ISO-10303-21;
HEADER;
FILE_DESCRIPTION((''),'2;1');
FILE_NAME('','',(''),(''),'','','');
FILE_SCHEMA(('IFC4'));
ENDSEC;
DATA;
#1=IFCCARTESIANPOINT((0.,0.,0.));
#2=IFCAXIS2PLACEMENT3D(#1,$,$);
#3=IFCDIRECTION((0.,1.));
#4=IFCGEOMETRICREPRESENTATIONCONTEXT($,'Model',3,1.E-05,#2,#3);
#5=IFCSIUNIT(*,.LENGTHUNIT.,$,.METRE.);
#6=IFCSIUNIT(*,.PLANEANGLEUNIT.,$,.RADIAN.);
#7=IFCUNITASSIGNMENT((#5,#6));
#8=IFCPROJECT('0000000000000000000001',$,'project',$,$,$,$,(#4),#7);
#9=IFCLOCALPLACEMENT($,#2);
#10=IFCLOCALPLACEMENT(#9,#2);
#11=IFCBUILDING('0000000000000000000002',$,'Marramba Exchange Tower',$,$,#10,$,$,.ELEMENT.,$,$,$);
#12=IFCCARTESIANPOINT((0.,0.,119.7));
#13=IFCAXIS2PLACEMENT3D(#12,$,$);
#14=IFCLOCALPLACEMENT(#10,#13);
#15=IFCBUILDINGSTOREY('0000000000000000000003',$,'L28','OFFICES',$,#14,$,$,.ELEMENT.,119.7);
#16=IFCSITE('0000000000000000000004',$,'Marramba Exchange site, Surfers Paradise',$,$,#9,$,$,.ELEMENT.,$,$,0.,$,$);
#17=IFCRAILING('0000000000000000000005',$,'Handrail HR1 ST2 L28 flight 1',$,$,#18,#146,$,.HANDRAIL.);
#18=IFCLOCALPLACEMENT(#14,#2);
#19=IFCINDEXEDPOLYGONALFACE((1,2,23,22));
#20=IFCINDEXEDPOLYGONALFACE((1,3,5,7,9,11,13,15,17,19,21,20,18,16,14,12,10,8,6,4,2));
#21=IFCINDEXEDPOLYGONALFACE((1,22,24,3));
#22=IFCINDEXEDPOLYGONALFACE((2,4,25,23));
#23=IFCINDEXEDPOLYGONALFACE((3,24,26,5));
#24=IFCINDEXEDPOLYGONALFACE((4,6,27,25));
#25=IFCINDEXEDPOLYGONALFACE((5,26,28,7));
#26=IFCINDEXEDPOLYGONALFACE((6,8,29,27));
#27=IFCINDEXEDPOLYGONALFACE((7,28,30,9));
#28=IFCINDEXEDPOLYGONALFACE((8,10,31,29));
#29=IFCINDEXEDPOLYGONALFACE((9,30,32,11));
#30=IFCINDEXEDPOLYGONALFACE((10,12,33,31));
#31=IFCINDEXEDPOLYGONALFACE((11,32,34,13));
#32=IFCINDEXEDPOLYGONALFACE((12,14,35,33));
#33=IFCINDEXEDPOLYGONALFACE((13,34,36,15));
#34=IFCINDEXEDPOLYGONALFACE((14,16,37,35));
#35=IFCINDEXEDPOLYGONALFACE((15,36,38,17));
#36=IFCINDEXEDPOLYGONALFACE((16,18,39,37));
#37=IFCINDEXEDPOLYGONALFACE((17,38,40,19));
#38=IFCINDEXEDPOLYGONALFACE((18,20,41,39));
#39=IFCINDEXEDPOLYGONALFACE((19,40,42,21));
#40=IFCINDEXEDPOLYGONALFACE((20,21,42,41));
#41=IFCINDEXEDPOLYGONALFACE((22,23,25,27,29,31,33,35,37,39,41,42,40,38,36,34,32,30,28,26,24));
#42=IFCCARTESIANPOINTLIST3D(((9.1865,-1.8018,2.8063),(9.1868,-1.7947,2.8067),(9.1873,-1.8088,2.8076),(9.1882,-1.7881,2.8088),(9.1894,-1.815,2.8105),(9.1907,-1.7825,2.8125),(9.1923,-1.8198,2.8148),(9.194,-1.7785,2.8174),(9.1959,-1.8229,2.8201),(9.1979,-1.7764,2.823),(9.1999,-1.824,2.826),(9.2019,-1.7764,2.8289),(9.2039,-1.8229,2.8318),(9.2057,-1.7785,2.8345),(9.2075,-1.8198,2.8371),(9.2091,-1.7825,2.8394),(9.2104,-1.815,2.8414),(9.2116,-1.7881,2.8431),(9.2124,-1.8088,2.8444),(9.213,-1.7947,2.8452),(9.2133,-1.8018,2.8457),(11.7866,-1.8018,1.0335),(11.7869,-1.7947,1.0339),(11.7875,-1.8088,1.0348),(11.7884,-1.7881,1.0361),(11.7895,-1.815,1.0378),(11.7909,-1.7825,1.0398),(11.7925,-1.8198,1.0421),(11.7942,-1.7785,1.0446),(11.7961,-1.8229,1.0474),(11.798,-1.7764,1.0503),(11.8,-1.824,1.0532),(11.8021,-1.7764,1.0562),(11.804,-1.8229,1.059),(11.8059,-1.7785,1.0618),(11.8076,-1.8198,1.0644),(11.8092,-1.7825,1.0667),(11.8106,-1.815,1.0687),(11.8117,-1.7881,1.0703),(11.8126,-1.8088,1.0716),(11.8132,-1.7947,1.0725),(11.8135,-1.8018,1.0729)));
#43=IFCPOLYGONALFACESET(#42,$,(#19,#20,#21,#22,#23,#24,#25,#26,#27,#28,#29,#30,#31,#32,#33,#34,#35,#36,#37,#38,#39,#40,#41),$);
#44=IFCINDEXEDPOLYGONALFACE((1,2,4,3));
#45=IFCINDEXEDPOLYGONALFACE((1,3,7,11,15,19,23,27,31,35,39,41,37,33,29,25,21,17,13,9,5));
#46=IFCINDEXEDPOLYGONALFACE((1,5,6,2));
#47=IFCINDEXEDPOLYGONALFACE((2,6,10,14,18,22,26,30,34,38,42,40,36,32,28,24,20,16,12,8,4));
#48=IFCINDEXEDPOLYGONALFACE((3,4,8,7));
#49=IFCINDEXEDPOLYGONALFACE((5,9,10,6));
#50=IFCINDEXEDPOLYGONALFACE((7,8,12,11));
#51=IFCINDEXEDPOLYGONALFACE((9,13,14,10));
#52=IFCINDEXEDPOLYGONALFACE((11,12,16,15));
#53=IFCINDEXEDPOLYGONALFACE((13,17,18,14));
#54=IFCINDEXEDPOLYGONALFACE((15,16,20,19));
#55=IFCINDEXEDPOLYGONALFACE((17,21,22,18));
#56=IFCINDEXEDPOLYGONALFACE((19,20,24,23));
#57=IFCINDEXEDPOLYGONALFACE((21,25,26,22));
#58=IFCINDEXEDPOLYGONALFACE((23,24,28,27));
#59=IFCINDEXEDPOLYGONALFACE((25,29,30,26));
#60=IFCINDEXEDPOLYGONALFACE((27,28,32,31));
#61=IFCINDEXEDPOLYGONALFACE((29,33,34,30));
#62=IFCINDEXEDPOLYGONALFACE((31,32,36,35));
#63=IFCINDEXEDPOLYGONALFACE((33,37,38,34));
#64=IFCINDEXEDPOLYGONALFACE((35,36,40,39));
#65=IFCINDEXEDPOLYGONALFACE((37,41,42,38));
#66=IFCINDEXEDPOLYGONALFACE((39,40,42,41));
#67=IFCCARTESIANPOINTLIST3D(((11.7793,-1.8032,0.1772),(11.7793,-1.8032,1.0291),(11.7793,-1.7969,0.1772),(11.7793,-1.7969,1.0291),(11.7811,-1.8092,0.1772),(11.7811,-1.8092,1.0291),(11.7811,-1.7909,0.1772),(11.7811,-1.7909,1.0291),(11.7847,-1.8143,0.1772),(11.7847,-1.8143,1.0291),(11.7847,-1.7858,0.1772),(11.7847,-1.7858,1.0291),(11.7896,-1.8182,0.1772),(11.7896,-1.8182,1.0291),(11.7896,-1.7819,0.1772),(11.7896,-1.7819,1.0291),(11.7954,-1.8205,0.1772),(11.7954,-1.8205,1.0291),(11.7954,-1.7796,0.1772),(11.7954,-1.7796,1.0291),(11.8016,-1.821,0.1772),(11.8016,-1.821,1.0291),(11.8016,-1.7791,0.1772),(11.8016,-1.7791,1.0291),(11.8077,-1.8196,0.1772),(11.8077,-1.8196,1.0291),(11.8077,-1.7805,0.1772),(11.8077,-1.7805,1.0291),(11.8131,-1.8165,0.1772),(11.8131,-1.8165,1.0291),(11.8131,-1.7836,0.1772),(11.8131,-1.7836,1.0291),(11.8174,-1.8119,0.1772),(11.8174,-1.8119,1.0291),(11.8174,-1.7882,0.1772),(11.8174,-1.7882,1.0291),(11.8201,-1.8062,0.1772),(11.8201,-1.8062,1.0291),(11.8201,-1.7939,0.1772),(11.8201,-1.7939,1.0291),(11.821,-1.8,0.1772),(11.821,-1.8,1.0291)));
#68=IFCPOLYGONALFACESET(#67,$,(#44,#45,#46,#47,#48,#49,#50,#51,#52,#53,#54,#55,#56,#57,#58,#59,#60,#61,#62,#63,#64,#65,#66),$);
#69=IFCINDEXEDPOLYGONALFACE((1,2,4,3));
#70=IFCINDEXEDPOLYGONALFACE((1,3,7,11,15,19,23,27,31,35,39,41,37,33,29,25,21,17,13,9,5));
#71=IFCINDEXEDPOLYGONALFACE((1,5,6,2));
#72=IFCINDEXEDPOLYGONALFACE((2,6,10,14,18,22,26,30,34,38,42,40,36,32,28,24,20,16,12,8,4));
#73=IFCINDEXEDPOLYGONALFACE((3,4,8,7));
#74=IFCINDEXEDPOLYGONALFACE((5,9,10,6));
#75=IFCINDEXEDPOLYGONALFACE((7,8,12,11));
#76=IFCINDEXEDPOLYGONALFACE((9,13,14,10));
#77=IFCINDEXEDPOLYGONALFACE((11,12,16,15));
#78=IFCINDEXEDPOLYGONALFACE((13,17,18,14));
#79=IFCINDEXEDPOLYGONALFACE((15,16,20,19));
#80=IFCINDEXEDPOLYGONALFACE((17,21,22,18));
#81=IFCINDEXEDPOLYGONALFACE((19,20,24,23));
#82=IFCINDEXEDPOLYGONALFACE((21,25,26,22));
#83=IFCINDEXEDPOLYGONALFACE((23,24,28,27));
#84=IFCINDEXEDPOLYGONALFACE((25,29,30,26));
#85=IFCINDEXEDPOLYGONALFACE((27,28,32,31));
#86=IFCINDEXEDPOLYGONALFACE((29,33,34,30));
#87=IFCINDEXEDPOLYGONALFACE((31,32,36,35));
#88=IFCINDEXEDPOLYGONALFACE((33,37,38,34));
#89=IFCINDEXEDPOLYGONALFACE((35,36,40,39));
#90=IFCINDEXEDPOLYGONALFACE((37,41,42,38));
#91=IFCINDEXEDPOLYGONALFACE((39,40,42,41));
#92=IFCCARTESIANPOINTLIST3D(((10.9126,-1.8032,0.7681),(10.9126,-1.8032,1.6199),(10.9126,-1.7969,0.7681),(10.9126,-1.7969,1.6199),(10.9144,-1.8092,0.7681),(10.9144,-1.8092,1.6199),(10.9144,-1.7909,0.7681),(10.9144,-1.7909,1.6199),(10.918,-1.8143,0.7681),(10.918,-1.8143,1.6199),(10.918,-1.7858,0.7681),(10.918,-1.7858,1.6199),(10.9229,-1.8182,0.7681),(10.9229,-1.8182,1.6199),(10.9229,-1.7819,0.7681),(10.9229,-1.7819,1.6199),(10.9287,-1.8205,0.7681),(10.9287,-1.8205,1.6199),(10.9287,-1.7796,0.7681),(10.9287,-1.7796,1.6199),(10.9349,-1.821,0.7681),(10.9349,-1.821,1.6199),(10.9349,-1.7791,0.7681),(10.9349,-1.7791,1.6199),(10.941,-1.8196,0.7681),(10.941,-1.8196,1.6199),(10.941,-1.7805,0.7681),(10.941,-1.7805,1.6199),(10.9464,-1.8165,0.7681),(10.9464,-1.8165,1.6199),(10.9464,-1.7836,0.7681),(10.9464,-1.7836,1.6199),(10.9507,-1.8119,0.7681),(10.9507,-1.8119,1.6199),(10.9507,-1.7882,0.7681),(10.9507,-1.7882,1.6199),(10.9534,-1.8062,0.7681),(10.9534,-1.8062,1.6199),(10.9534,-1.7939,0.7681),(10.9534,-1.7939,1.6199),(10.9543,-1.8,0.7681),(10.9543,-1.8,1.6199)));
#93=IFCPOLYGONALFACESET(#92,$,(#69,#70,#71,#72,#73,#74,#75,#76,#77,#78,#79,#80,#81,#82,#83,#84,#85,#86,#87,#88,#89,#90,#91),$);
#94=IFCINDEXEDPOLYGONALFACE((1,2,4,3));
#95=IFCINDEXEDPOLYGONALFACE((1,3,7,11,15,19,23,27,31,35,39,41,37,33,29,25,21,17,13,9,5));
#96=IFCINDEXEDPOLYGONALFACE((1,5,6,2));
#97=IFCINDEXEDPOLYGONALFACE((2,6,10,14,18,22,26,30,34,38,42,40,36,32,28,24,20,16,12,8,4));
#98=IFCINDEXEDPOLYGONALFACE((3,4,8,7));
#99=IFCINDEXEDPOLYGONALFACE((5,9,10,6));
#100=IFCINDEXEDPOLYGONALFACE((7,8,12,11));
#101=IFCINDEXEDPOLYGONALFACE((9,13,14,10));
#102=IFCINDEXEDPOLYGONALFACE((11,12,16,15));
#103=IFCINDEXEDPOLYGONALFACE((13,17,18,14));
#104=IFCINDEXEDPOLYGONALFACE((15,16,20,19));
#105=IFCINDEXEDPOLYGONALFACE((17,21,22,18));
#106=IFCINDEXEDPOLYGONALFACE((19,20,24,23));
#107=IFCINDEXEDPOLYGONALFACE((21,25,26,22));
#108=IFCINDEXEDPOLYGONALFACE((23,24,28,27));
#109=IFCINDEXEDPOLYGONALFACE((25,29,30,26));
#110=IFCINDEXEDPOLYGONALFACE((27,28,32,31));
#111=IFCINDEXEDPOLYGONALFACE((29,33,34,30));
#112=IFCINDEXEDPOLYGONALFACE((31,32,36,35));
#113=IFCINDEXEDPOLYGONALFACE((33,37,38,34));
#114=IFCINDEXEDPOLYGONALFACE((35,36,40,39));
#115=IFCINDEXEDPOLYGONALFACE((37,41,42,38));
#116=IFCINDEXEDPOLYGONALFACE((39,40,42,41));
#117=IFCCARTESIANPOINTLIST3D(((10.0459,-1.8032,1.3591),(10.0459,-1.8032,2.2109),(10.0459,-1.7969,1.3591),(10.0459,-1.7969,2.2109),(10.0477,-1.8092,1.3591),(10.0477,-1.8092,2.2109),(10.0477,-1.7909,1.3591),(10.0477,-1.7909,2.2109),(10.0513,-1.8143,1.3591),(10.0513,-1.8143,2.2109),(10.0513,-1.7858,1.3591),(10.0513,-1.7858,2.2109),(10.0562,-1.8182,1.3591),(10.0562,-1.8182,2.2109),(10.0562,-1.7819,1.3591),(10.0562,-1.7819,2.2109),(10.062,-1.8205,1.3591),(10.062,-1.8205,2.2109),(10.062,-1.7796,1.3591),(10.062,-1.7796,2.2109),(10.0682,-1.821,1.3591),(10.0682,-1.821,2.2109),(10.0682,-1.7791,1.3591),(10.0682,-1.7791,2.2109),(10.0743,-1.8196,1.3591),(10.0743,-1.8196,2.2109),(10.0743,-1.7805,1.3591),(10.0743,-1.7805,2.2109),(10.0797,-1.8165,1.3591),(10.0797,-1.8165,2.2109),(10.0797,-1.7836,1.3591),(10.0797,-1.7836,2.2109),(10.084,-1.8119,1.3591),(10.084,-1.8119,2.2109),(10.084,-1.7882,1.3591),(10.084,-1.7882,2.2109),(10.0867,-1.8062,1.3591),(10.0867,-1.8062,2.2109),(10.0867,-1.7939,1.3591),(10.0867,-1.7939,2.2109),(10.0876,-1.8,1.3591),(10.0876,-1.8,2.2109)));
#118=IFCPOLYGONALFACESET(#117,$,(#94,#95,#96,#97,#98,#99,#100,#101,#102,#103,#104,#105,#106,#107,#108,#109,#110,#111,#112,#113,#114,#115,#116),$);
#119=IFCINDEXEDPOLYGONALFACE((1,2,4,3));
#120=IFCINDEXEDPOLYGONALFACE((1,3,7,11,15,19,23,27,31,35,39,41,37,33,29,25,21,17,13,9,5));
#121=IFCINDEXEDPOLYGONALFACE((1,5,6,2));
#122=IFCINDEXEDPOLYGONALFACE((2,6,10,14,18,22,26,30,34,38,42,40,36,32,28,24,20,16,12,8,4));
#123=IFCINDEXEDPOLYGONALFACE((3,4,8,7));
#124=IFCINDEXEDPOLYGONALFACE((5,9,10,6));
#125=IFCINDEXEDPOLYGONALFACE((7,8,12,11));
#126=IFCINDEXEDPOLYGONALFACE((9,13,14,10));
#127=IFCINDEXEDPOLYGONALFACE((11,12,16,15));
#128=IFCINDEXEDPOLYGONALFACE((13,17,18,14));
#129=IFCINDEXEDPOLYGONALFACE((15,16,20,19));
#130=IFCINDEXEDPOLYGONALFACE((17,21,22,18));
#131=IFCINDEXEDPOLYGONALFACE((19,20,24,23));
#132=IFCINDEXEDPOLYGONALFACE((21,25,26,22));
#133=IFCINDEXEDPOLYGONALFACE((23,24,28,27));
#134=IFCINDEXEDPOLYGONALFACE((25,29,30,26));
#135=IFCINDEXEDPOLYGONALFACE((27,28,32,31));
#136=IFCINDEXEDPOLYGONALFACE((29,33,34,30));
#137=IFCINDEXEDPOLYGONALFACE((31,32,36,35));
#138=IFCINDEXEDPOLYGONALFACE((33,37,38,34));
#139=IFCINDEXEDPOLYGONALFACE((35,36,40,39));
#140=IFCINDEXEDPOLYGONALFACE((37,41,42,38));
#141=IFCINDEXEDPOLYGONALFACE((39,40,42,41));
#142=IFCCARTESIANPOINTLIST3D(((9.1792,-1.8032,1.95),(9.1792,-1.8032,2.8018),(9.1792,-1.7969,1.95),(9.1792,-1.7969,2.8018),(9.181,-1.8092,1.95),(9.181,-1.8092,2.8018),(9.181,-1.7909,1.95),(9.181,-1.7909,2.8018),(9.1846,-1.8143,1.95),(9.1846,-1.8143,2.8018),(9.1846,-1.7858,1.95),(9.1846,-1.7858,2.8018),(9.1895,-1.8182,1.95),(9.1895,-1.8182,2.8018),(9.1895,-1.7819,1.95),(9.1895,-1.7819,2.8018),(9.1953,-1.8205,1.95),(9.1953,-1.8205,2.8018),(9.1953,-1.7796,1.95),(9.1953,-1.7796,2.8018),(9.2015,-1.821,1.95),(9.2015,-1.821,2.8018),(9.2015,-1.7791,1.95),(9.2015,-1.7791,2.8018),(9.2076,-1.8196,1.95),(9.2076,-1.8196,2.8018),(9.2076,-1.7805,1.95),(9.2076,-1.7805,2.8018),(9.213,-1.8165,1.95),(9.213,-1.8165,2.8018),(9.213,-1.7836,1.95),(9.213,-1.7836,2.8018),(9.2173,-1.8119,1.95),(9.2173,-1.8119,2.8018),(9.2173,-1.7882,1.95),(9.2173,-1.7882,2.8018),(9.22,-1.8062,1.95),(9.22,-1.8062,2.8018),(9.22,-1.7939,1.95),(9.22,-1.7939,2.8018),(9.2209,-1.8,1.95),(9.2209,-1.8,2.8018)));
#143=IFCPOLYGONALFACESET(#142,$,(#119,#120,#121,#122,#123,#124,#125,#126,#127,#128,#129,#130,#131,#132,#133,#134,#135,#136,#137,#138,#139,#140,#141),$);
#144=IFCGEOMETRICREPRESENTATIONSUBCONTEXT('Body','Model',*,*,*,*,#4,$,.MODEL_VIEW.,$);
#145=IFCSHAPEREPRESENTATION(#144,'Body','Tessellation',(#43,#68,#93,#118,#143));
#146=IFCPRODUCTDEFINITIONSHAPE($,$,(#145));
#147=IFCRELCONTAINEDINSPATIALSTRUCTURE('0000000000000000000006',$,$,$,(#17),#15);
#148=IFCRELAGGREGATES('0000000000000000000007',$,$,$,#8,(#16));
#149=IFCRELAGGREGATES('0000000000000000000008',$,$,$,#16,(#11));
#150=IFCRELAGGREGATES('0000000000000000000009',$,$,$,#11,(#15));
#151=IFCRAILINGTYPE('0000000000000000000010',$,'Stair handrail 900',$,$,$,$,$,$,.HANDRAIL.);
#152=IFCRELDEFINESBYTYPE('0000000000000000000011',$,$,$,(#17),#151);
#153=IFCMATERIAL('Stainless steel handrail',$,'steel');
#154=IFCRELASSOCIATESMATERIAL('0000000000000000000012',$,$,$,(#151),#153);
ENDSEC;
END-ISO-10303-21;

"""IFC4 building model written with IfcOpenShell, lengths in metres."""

from ifc_helpers import new_model, si_unit, direction, frame, origin, origin_2d, place, context, subcontext, project, spatial, circle, extrude, material, type_object, element, save


model = new_model("IFC4")

# Units and contexts
model_context = context("Model", 3, precision=1e-05, world=origin(), true_north=direction((0.0, 1.0)))
body_context = subcontext(model_context, "Body", "Model", "MODEL_VIEW")
ifc_project = project(units=[si_unit("LENGTHUNIT", "METRE"), si_unit("PLANEANGLEUNIT", "RADIAN")], contexts=[model_context])

# Site, building, storey
site_placement = place(None, origin())
site = spatial("IfcSite", under=ifc_project, at=site_placement, Name="Marramba Exchange site, Surfers Paradise", CompositionType="ELEMENT", RefElevation=0.0)
building_placement = place(site_placement, origin())
building = spatial("IfcBuilding", under=site, at=building_placement, Name="Marramba Exchange Tower", CompositionType="ELEMENT")
storey_placement = place(building_placement, frame((0.0, 0.0, 119.7)))
storey = spatial("IfcBuildingStorey", under=building, at=storey_placement, Name="L28", Description="OFFICES", CompositionType="ELEMENT", Elevation=119.7)

# Railing
ifc_material_1 = material(Name="Stainless steel handrail", Category="steel")
railing_type = type_object("IfcRailingType", Name="Stair handrail 900", PredefinedType="HANDRAIL", material=ifc_material_1)
railing_placement = place(storey_placement, frame((11.8, -1.8, 0.1772)))
element("IfcRailing", 1, at=railing_placement, inside=storey, type_object=railing_type, Name="Handrail HR1 ST2 L28 flight 1", PredefinedType="HANDRAIL", context=body_context, shape_type="SweptSolid", body=[
    extrude(circle(Radius=0.0239, at=origin_2d()), frame((0.0, 0.0, 0.876), z_axis=(-0.82624, 0.0, 0.563318), x_axis=(0.0, -1.0, 0.0)), (0.0, 0.0, 1.0), 3.147),
    extrude(circle(Radius=0.021, at=origin_2d()), origin(), (0.0, 0.0, 1.0), 0.8518),
    extrude(circle(Radius=0.021, at=origin_2d()), frame((-0.8667, 0.0, 0.5908)), (0.0, 0.0, 1.0), 0.8518),
    extrude(circle(Radius=0.021, at=origin_2d()), frame((-1.7334, 0.0, 1.1819)), (0.0, 0.0, 1.0), 0.8518),
    extrude(circle(Radius=0.021, at=origin_2d()), frame((-2.6001, 0.0, 1.7727)), (0.0, 0.0, 1.0), 0.8518),
])

save(model, "model.ifc")
